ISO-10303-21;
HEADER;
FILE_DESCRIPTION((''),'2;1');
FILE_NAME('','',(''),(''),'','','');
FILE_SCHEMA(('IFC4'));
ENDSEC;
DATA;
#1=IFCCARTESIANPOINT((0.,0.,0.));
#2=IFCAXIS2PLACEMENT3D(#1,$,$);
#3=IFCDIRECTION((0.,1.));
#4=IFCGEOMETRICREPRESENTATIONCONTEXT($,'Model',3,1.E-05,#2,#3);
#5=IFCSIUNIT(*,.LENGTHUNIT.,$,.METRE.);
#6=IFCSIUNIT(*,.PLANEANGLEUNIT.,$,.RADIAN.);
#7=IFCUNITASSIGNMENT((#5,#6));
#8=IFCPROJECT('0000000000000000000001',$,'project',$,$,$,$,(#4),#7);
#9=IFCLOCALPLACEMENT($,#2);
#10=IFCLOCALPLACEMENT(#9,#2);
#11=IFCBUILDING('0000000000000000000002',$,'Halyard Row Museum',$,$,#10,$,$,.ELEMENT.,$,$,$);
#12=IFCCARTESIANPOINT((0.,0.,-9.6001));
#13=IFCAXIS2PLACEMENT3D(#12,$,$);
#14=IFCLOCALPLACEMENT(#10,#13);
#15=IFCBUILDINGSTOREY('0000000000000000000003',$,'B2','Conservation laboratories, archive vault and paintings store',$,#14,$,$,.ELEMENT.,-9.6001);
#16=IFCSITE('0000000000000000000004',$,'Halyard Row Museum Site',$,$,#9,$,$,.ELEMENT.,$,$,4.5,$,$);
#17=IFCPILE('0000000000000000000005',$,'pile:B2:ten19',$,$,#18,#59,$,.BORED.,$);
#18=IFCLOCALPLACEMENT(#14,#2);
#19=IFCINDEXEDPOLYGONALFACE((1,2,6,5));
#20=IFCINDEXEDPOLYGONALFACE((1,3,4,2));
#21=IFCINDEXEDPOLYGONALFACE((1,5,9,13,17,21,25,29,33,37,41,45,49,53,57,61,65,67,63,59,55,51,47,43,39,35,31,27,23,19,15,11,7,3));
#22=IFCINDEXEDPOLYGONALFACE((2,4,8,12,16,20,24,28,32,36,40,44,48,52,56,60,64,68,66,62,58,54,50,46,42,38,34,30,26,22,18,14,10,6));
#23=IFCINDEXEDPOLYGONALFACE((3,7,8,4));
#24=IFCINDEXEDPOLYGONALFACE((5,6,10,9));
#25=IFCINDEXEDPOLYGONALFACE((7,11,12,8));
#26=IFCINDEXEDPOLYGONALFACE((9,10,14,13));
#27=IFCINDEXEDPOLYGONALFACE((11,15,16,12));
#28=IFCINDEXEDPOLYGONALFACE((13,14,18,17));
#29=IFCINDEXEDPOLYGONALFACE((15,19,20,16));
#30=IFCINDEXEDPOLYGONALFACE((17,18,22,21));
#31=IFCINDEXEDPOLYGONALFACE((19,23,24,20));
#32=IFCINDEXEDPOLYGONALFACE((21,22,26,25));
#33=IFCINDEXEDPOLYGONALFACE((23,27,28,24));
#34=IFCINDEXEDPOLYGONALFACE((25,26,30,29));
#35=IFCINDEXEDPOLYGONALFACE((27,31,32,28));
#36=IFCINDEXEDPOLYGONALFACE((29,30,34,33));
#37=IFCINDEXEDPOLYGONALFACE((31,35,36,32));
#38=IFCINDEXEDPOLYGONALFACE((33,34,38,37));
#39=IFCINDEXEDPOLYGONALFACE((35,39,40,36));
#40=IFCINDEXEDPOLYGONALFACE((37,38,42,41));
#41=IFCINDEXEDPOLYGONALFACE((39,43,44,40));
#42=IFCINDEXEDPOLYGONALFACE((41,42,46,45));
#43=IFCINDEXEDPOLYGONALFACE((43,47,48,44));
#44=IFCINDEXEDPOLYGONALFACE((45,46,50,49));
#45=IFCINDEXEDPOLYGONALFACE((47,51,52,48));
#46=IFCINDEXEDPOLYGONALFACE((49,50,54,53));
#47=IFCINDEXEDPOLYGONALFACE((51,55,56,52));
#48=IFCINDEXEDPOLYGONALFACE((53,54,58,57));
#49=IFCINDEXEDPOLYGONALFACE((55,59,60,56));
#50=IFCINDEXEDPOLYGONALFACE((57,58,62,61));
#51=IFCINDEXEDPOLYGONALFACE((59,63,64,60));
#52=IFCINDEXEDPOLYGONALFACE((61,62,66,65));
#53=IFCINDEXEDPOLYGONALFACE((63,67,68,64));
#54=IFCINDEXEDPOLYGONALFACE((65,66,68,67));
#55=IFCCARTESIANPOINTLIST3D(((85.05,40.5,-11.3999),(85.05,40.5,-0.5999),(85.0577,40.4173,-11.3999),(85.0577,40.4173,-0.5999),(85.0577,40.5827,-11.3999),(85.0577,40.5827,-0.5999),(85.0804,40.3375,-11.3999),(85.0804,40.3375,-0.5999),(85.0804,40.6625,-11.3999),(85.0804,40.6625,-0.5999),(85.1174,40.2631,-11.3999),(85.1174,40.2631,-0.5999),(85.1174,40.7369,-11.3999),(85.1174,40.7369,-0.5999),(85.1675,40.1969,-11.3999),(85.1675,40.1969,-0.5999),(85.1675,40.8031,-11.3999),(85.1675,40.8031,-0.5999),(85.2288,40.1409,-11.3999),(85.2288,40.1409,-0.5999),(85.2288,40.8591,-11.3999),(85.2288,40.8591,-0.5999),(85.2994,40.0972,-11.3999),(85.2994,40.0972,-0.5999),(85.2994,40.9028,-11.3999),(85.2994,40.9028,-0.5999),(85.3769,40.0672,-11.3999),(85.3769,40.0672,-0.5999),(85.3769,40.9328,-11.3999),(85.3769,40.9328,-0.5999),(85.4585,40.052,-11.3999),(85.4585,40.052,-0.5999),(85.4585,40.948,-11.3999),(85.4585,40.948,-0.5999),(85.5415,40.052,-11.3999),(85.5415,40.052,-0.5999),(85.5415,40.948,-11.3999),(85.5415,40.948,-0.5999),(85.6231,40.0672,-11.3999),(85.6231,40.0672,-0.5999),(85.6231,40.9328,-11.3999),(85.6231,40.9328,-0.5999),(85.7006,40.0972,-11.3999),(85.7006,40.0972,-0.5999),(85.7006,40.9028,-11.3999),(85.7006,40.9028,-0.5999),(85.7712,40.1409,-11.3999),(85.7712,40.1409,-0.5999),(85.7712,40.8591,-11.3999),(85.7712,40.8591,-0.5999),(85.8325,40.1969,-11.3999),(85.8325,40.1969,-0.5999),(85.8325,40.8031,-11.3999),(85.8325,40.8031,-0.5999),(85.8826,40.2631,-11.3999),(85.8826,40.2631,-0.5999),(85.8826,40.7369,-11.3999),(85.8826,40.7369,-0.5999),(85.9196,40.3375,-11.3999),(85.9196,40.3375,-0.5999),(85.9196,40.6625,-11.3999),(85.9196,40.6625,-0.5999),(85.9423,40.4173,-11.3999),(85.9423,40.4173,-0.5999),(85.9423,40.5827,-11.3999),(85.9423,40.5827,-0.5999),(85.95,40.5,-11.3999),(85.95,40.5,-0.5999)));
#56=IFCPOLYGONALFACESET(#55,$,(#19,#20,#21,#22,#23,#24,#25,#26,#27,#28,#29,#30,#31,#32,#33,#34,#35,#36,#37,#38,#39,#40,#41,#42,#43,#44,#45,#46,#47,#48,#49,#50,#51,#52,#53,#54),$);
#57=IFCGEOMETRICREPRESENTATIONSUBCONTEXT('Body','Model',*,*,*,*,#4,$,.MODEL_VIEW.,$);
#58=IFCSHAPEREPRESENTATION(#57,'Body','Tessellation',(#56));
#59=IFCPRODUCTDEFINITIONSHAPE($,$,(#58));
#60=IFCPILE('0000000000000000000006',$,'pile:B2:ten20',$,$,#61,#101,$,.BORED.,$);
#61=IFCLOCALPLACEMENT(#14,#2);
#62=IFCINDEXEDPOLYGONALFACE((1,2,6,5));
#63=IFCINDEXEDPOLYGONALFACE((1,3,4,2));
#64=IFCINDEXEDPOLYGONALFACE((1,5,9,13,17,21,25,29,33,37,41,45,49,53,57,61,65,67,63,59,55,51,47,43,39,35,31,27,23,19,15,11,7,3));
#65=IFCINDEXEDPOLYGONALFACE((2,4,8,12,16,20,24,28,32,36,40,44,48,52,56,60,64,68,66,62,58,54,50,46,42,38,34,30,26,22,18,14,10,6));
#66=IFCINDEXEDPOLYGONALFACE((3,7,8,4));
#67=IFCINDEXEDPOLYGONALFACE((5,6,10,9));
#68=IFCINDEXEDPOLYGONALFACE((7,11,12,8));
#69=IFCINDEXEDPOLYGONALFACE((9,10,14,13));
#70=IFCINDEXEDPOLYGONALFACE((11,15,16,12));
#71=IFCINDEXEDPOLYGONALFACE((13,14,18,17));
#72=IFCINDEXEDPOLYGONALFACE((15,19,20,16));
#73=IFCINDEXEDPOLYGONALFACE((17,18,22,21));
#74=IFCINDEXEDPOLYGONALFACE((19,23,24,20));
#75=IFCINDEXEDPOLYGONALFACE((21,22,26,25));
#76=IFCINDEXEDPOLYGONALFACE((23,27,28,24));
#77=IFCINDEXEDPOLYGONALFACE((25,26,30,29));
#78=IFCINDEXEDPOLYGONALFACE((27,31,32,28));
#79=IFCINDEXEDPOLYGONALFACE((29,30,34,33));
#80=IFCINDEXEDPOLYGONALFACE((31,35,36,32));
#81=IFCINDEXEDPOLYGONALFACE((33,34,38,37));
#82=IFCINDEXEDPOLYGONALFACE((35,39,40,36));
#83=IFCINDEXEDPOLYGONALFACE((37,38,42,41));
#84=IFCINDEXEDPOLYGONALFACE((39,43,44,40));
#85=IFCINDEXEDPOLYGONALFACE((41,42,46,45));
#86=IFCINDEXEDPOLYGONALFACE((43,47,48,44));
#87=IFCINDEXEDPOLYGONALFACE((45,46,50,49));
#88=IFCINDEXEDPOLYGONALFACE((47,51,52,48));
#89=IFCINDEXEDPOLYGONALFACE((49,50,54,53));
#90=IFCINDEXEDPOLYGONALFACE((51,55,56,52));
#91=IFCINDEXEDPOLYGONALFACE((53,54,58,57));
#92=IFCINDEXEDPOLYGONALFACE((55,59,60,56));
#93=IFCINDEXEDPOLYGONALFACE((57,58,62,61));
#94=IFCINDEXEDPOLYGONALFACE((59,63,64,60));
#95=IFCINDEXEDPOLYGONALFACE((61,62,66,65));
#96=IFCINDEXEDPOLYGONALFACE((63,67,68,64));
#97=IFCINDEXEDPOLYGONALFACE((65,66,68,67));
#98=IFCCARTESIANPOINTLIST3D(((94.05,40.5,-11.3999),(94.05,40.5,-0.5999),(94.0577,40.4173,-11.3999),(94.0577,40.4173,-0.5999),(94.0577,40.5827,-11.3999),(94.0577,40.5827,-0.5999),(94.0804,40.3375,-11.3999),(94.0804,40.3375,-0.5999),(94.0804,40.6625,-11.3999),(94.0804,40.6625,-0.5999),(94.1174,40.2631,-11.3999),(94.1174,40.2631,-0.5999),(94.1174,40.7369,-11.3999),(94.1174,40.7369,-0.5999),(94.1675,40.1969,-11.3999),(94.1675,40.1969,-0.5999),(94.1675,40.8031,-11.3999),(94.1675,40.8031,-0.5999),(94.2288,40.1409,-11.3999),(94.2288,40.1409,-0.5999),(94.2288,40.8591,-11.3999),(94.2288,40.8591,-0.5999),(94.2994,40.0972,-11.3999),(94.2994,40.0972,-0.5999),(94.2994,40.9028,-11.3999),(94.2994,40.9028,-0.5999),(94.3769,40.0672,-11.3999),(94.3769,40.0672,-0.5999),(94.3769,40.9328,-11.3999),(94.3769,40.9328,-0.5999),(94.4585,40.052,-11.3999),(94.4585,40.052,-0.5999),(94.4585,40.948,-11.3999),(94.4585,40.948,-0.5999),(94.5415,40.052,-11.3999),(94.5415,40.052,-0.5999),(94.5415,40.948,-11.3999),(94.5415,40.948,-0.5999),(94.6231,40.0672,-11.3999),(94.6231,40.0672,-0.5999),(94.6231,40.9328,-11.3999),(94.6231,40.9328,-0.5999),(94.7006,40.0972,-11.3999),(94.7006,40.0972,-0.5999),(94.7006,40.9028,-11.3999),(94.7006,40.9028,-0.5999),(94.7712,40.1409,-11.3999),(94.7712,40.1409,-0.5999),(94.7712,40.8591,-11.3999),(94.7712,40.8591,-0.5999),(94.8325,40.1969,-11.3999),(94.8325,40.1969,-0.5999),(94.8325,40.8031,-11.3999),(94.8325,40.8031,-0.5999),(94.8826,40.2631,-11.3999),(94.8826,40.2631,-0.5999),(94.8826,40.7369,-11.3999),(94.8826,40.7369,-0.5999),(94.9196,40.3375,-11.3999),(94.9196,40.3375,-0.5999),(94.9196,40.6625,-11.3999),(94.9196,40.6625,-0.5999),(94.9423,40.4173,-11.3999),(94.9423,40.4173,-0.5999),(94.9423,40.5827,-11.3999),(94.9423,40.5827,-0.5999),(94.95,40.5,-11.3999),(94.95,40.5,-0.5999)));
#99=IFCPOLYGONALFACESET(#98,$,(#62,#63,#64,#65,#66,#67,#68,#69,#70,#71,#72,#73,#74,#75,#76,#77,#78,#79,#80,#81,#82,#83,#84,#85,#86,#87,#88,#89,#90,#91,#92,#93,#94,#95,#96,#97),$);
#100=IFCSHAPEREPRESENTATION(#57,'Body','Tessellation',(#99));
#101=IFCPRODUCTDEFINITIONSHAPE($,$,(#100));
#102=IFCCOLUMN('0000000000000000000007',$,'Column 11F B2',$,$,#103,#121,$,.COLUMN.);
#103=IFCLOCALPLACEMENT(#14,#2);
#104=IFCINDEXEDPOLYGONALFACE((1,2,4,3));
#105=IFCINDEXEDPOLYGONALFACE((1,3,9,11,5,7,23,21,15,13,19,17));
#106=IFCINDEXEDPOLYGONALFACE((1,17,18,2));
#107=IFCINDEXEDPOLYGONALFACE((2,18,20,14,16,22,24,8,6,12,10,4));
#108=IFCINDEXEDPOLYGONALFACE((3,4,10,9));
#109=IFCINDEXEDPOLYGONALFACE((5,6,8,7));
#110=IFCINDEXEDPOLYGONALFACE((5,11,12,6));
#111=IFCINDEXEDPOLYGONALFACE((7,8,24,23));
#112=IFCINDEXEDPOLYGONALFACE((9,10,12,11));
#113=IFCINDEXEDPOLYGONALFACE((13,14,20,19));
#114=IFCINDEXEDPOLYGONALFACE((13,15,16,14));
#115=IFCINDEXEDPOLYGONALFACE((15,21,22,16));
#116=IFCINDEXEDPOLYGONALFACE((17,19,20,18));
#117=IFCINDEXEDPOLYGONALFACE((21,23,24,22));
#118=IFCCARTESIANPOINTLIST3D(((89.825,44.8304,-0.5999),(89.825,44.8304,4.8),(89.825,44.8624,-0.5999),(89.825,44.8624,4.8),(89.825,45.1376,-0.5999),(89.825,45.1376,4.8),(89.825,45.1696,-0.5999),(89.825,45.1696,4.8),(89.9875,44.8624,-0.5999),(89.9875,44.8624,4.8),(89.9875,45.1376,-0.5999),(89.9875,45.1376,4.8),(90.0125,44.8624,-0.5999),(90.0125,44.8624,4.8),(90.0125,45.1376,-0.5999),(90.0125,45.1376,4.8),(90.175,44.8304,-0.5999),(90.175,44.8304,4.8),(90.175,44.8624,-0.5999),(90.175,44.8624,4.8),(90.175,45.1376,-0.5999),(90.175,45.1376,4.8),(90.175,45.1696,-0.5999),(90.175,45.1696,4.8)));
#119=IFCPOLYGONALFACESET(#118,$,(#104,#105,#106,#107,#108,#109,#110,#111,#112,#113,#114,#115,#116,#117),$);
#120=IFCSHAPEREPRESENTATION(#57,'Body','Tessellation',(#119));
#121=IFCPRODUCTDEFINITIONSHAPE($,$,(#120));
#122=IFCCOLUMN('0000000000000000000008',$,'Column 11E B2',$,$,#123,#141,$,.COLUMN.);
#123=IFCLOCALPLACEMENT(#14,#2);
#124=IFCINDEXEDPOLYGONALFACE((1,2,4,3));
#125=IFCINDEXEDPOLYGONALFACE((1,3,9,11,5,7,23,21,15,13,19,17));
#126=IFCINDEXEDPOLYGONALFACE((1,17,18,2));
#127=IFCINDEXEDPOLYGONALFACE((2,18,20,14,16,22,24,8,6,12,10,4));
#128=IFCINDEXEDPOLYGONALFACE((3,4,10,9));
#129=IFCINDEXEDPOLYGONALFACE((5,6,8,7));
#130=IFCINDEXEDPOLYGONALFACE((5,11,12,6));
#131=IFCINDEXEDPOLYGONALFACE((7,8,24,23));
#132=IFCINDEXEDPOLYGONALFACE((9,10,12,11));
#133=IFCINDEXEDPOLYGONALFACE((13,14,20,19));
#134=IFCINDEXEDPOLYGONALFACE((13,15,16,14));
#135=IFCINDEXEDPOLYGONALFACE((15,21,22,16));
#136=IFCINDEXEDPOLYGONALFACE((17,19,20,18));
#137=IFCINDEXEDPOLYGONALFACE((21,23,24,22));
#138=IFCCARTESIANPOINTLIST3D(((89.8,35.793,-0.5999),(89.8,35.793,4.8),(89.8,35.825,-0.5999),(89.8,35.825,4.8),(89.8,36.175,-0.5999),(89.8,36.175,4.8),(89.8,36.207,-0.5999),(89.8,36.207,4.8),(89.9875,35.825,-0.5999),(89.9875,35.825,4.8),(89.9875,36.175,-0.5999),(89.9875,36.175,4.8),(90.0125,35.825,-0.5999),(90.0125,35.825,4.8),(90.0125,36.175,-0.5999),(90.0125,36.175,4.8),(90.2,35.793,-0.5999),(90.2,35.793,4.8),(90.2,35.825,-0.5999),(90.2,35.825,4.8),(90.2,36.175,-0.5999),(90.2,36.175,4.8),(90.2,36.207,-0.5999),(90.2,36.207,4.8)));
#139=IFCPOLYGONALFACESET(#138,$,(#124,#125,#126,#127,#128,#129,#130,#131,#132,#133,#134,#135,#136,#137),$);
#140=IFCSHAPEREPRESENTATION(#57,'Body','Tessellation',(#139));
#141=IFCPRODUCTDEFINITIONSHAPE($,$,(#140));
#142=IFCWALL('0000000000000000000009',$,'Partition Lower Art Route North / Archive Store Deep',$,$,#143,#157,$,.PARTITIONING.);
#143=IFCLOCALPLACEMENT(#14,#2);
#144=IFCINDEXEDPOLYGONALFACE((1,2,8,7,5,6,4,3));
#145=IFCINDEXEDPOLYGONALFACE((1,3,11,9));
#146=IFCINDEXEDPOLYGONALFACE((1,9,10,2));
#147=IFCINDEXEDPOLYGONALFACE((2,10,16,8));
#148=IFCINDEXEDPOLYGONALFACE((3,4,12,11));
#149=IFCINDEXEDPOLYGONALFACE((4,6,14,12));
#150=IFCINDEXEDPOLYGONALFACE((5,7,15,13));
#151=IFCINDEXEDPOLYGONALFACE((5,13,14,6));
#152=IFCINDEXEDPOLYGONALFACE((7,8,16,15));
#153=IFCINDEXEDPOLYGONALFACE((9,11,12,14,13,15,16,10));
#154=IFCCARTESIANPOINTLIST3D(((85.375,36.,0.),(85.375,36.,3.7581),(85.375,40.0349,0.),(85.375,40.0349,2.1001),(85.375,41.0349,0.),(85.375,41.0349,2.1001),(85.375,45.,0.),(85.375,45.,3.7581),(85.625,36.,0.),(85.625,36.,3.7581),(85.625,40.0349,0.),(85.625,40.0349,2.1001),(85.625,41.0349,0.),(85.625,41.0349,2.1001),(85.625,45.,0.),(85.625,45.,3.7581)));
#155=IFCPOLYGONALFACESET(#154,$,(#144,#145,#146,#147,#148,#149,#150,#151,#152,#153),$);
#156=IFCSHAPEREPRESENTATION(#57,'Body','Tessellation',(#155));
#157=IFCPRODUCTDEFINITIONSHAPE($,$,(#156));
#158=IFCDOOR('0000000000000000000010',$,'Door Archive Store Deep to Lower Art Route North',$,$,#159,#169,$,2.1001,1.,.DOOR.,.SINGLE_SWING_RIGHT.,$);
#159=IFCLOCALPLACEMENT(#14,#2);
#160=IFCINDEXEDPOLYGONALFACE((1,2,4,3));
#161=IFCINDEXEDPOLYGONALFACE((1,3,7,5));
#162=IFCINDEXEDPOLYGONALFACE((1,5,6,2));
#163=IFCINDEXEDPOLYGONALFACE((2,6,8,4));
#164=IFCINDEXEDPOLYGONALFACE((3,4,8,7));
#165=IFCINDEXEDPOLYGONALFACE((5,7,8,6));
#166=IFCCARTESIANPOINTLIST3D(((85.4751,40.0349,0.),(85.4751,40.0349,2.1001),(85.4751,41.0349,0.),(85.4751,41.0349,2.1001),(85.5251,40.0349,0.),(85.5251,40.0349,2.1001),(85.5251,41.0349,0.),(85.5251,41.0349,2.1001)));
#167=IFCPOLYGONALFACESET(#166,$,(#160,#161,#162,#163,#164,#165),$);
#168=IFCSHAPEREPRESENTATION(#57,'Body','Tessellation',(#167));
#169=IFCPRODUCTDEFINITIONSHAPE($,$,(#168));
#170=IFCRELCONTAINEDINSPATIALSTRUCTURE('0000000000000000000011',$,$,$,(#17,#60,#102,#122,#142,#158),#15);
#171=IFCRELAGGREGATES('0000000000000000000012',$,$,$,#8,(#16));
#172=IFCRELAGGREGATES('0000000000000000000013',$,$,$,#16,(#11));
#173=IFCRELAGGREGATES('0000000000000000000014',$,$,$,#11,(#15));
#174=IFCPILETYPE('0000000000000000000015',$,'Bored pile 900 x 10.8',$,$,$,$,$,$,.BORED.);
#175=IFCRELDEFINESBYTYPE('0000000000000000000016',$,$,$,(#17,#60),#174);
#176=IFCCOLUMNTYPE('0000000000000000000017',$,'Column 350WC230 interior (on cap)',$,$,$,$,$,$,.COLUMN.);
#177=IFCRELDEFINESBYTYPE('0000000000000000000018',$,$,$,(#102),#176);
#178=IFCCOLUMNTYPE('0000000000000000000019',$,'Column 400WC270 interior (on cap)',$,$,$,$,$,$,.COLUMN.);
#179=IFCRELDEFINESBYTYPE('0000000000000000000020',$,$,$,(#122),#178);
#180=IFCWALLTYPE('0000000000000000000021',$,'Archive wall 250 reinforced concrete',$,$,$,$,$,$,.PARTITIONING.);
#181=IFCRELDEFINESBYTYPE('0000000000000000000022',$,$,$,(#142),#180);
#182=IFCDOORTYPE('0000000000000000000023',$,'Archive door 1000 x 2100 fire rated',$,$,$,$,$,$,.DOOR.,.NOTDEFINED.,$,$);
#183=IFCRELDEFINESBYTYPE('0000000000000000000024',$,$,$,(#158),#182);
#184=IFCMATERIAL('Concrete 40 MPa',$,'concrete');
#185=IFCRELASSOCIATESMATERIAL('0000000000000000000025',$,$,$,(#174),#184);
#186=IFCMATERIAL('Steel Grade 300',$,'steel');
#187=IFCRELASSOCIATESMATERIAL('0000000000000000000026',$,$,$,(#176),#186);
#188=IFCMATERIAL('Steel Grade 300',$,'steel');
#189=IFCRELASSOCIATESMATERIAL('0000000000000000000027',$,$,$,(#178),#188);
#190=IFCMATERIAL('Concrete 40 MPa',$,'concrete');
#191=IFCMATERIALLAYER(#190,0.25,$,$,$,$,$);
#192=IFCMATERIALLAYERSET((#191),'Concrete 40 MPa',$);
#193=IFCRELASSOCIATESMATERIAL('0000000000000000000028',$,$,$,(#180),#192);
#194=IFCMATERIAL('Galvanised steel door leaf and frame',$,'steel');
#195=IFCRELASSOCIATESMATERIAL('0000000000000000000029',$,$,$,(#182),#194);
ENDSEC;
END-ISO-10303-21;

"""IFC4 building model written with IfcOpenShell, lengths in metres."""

from ifc_helpers import new_model, si_unit, direction, frame, frame_2d, origin, origin_2d, place, context, subcontext, project, spatial, rectangle, circle, i_section, extrude, material, layer, layer_set, material_profile, profile_set, type_object, element, fill, save


model = new_model("IFC4")

# Units and contexts
model_context = context("Model", 3, precision=1e-05, world=origin(), true_north=direction((0.0, 1.0)))
body_context = subcontext(model_context, "Body", "Model", "MODEL_VIEW")
ifc_project = project(units=[si_unit("LENGTHUNIT", "METRE"), si_unit("PLANEANGLEUNIT", "RADIAN")], contexts=[model_context])

# Site, building, storey
site_placement = place(None, origin())
site = spatial("IfcSite", under=ifc_project, at=site_placement, Name="Halyard Row Museum Site", CompositionType="ELEMENT", RefElevation=4.5)
building_placement = place(site_placement, origin())
building = spatial("IfcBuilding", under=site, at=building_placement, Name="Halyard Row Museum", CompositionType="ELEMENT")
storey_placement = place(building_placement, frame((0.0, 0.0, -9.6001)))
storey = spatial("IfcBuildingStorey", under=building, at=storey_placement, Name="B2", Description="Conservation laboratories, archive vault and paintings store", CompositionType="ELEMENT", Elevation=-9.6001)

# Piles
ifc_material_1 = material(Name="Concrete 40 MPa", Category="concrete")
ifc_material_profile_1 = material_profile(ifc_material_1, circle(Radius=0.45, at=origin_2d()), Name="Bored pile 900 x 10.8")
ifc_profile_set_1 = profile_set([ifc_material_profile_1], Name="Concrete 40 MPa")
pile_type_1 = type_object("IfcPileType", Name="Bored pile 900 x 10.8", PredefinedType="BORED", material=ifc_profile_set_1)
for number, where, z_axis, x_axis, name in (
    (1, (85.5, 40.5, -0.5999), (0.0, 0.0, -1.0), (1.0, 0.0, 0.0), "pile:B2:ten19"),
    (2, (94.5, 40.5, -0.5999), (0.0, 0.0, -1.0), (1.0, 0.0, 0.0), "pile:B2:ten20"),
):
    element("IfcPile", number, at=place(storey_placement, frame(where, z_axis=z_axis, x_axis=x_axis)), inside=storey, type_object=pile_type_1, Name=name, PredefinedType="BORED", context=body_context, shape_type="SweptSolid", body=[
        extrude(circle(Radius=0.45, at=origin_2d()), origin(), (0.0, 0.0, 1.0), 10.8),
    ])

# Columns
ifc_material_2 = material(Name="Steel Grade 300", Category="steel")
ifc_material_profile_2 = material_profile(ifc_material_2, i_section(OverallWidth=0.3501, OverallDepth=0.3391, WebThickness=0.0249, FlangeThickness=0.032, at=origin_2d()), Name="350WC230")
ifc_profile_set_2 = profile_set([ifc_material_profile_2], Name="Steel Grade 300")
column_type_1 = type_object("IfcColumnType", Name="Column 350WC230 interior (on cap)", PredefinedType="COLUMN", material=ifc_profile_set_2)
column_1_placement = place(storey_placement, frame((90.0, 45.0, -0.5999), z_axis=(0.0, 0.0, 1.0), x_axis=(1.0, 0.0, 0.0)))
element("IfcColumn", 3, at=column_1_placement, inside=storey, type_object=column_type_1, Name="Column 11F B2", PredefinedType="COLUMN", context=body_context, shape_type="SweptSolid", body=[
    extrude(i_section(OverallWidth=0.3501, OverallDepth=0.3391, WebThickness=0.0249, FlangeThickness=0.032, at=origin_2d()), origin(), (0.0, 0.0, 1.0), 5.3999),
])
ifc_material_3 = material(Name="Steel Grade 300", Category="steel")
ifc_material_profile_3 = material_profile(ifc_material_3, i_section(OverallWidth=0.3999, OverallDepth=0.4141, WebThickness=0.0249, FlangeThickness=0.032, at=origin_2d()), Name="400WC270")
ifc_profile_set_3 = profile_set([ifc_material_profile_3], Name="Steel Grade 300")
column_type_2 = type_object("IfcColumnType", Name="Column 400WC270 interior (on cap)", PredefinedType="COLUMN", material=ifc_profile_set_3)
column_2_placement = place(storey_placement, frame((90.0, 36.0, -0.5999), z_axis=(0.0, 0.0, 1.0), x_axis=(1.0, 0.0, 0.0)))
element("IfcColumn", 4, at=column_2_placement, inside=storey, type_object=column_type_2, Name="Column 11E B2", PredefinedType="COLUMN", context=body_context, shape_type="SweptSolid", body=[
    extrude(i_section(OverallWidth=0.3999, OverallDepth=0.4141, WebThickness=0.0249, FlangeThickness=0.032, at=origin_2d()), origin(), (0.0, 0.0, 1.0), 5.3999),
])

# Wall, opening, door
ifc_material_4 = material(Name="Concrete 40 MPa", Category="concrete")
ifc_layer = layer(ifc_material_4, 0.25)
ifc_layer_set = layer_set([ifc_layer], Name="Concrete 40 MPa")
wall_type = type_object("IfcWallType", Name="Archive wall 250 reinforced concrete", PredefinedType="PARTITIONING", material=ifc_layer_set)
wall_1_placement = place(storey_placement, frame((85.5, 36.0, 0.0), z_axis=(0.0, 0.0, 1.0), x_axis=(0.0, 1.0, 0.0)))
wall_1 = element("IfcWall", 5, at=wall_1_placement, inside=storey, type_object=wall_type, Name="Partition Lower Art Route North / Archive Store Deep", PredefinedType="PARTITIONING", context=body_context, shape_type="SweptSolid", body=[
    extrude(rectangle(XDim=9.0, YDim=0.25, at=frame_2d((4.5, 0.0))), origin(), (0.0, 0.0, 1.0), 3.7581),
])
opening_1_placement = place(wall_1_placement, frame((4.0349, 0.0, 0.0)))
opening_1 = element("IfcOpeningElement", 6, at=opening_1_placement, cuts=wall_1, PredefinedType="OPENING", context=body_context, shape_type="SweptSolid", body=[
    extrude(rectangle(XDim=1.0, YDim=2.1001, at=frame_2d((0.5, 1.05))), frame((0.0, 0.135, 0.0), z_axis=(0.0, -1.0, 0.0), x_axis=(1.0, 0.0, 0.0)), (0.0, 0.0, 1.0), 0.27),
])
ifc_material_5 = material(Name="Galvanised steel door leaf and frame", Category="steel")
door_type = type_object("IfcDoorType", Name="Archive door 1000 x 2100 fire rated", OperationType="NOTDEFINED", PredefinedType="DOOR", material=ifc_material_5)
door_1_placement = place(opening_1_placement, origin())
door_1 = element("IfcDoor", 7, at=door_1_placement, inside=storey, type_object=door_type, Name="Door Archive Store Deep to Lower Art Route North", OperationType="SINGLE_SWING_RIGHT", OverallHeight=2.1001, OverallWidth=1.0, PredefinedType="DOOR", context=body_context, shape_type="SweptSolid", body=[
    extrude(rectangle(XDim=1.0, YDim=2.1001, at=frame_2d((0.5, 1.05))), frame((0.0, 0.0249, 0.0), z_axis=(0.0, -1.0, 0.0), x_axis=(1.0, 0.0, 0.0)), (0.0, 0.0, 1.0), 0.05),
])
fill(opening_1, door_1)

save(model, "model.ifc")
